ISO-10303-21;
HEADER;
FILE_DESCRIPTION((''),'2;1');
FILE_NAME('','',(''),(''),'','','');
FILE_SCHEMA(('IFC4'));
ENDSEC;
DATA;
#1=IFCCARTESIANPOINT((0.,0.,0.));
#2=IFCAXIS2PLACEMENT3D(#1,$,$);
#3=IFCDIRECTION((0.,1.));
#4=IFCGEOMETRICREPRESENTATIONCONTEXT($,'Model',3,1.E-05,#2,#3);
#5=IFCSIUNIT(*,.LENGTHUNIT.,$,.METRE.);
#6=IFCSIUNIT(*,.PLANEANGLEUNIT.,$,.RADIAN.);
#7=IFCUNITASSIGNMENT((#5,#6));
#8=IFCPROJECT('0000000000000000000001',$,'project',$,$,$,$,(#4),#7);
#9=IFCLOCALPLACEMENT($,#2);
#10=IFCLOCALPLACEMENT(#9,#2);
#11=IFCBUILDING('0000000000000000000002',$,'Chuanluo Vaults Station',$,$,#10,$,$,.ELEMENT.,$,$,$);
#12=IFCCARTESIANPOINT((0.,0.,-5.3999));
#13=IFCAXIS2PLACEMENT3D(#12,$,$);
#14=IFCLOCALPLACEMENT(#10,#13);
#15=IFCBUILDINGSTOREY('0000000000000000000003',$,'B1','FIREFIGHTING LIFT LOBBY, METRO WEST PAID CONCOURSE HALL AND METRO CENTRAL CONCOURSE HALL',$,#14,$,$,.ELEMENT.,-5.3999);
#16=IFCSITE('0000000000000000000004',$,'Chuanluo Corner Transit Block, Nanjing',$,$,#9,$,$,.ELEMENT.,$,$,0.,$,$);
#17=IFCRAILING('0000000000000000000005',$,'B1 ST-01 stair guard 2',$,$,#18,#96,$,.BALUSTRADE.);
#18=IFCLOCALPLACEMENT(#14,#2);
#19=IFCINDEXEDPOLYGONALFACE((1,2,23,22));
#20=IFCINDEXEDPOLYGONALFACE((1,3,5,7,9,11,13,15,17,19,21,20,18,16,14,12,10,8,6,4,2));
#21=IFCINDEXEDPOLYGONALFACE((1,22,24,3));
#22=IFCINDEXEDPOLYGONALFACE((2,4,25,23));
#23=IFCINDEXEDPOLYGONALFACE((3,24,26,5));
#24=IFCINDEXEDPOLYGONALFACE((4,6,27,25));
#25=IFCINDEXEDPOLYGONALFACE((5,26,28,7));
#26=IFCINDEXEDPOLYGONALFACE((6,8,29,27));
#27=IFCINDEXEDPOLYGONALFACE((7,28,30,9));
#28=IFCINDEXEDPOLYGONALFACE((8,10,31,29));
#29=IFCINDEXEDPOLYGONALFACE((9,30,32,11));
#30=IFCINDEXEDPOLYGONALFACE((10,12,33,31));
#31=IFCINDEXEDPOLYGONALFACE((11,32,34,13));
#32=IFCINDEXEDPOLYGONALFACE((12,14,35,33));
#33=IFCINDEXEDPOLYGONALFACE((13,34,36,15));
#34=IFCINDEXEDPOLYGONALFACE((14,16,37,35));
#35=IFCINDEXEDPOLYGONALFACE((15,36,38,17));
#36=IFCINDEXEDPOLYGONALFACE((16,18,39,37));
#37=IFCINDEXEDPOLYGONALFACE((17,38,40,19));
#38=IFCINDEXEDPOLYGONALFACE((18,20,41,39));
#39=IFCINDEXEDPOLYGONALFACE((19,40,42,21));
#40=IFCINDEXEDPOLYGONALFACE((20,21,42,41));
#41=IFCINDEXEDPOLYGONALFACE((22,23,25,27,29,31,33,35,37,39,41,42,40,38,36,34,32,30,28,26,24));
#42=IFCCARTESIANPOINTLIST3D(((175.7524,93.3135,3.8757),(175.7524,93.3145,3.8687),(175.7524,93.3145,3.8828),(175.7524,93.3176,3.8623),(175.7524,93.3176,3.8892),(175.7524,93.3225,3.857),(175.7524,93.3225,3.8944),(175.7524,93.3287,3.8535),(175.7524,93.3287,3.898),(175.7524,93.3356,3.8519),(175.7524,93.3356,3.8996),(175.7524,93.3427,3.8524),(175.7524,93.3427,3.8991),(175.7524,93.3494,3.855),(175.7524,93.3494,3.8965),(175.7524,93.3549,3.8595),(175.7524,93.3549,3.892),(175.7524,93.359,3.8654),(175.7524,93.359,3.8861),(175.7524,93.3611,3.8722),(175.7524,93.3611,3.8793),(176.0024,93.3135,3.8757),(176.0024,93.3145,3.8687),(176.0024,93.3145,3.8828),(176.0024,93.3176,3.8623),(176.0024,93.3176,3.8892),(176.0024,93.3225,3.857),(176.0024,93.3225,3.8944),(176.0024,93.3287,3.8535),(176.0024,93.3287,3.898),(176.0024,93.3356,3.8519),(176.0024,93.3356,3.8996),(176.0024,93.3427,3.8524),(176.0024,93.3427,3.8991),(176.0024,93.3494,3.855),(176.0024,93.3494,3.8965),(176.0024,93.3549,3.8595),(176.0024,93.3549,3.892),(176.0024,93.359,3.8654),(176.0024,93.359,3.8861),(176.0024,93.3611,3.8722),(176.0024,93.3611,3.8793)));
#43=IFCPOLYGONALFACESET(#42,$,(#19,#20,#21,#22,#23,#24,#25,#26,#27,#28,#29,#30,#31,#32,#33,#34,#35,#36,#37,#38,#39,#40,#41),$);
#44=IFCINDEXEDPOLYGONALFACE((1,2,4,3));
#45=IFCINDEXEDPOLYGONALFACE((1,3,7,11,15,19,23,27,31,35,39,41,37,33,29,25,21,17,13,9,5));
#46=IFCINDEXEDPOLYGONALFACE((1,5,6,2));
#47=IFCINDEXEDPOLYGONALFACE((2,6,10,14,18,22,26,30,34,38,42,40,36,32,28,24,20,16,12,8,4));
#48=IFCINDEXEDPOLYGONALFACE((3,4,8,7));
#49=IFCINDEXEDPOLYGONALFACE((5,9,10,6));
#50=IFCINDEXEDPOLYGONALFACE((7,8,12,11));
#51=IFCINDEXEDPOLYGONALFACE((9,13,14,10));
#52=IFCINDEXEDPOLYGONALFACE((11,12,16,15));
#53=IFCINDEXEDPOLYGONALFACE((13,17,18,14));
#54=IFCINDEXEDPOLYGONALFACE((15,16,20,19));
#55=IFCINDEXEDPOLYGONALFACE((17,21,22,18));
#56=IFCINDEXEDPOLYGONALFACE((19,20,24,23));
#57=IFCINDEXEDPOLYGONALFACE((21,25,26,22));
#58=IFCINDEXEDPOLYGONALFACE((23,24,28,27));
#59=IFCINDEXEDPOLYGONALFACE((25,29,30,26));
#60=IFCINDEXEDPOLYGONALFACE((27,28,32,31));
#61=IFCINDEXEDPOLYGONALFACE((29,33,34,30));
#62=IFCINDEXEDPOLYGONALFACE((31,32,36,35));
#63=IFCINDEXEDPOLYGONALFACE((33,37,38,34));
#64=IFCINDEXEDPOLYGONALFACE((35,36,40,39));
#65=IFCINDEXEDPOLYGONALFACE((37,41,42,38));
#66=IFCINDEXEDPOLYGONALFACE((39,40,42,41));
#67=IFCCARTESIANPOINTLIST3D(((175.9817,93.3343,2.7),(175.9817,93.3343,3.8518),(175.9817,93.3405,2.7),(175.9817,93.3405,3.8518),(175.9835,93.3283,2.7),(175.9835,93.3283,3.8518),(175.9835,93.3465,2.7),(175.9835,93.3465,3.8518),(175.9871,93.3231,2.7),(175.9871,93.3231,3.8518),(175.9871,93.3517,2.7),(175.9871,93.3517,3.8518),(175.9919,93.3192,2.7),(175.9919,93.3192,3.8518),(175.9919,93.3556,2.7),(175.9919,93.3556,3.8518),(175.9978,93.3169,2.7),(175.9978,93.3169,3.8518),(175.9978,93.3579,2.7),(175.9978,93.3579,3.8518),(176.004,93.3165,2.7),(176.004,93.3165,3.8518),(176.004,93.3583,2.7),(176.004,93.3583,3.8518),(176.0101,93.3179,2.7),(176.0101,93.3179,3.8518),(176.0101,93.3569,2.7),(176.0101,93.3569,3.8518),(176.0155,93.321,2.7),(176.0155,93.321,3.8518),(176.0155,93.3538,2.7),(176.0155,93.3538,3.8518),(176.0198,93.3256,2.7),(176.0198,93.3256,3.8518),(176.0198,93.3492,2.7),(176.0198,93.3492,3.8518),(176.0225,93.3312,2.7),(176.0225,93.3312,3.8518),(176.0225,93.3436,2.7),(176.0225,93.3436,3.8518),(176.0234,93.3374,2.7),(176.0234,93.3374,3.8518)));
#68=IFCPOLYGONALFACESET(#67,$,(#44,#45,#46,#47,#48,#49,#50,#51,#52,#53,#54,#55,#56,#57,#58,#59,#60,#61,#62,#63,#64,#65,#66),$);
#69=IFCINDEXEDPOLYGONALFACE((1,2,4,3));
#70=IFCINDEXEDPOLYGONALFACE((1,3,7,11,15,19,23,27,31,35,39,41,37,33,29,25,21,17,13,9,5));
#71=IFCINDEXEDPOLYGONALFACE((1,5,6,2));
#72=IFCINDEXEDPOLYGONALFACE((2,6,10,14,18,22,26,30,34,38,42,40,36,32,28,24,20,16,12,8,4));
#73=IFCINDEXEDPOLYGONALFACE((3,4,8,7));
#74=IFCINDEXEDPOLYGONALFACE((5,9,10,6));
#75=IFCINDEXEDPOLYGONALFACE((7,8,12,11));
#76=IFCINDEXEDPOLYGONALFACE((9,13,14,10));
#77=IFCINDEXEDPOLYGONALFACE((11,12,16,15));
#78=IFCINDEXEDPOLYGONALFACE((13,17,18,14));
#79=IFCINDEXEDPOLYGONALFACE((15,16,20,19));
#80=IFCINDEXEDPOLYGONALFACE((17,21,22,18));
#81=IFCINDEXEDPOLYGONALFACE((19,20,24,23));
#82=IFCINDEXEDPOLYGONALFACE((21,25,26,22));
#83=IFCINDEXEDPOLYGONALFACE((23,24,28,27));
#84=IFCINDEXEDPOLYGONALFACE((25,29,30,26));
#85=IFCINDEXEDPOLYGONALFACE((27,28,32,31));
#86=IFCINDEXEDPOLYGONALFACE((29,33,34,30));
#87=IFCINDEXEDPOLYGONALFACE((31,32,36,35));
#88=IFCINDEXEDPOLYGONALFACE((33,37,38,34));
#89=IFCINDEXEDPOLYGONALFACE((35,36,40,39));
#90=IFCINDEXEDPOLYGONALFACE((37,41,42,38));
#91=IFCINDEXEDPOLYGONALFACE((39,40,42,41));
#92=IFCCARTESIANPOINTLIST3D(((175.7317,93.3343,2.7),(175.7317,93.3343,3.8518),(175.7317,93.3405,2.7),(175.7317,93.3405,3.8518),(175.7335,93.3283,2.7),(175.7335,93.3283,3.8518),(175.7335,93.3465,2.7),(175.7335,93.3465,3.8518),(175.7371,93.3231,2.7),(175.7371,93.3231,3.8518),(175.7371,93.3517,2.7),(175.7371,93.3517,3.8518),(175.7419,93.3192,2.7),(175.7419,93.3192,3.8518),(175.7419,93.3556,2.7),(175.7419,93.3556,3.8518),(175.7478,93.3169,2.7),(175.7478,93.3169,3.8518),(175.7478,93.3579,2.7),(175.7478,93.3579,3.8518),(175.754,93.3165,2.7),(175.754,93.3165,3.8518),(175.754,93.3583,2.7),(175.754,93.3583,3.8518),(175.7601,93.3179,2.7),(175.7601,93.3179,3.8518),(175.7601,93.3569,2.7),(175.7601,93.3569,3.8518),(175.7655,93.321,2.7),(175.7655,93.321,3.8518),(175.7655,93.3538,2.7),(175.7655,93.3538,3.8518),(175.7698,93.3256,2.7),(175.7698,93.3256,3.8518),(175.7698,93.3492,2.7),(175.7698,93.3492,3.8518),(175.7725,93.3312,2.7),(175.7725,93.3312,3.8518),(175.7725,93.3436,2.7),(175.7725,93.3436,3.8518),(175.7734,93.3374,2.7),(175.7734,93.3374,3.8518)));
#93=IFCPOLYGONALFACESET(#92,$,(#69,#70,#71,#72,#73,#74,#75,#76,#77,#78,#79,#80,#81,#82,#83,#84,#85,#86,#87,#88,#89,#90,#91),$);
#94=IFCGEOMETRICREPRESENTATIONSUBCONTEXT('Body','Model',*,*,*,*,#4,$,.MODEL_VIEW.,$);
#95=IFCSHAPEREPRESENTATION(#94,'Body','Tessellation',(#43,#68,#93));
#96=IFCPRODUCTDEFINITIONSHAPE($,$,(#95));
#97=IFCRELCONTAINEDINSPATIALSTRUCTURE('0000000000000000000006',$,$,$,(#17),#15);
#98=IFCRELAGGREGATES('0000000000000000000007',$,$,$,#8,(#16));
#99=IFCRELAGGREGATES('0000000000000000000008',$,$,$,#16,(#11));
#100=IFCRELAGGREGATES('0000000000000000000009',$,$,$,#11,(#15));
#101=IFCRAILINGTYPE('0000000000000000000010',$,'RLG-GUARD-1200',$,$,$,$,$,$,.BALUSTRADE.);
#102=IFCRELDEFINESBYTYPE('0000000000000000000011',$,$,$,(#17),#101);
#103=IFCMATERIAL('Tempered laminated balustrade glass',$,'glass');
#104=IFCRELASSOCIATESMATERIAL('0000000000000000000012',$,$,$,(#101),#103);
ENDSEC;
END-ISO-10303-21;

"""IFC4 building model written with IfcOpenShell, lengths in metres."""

from ifc_helpers import new_model, si_unit, direction, frame, origin, origin_2d, place, context, subcontext, project, spatial, circle, extrude, material, type_object, element, save


model = new_model("IFC4")

# Units and contexts
model_context = context("Model", 3, precision=1e-05, world=origin(), true_north=direction((0.0, 1.0)))
body_context = subcontext(model_context, "Body", "Model", "MODEL_VIEW")
ifc_project = project(units=[si_unit("LENGTHUNIT", "METRE"), si_unit("PLANEANGLEUNIT", "RADIAN")], contexts=[model_context])

# Site, building, storey
site_placement = place(None, origin())
site = spatial("IfcSite", under=ifc_project, at=site_placement, Name="Chuanluo Corner Transit Block, Nanjing", CompositionType="ELEMENT", RefElevation=0.0)
building_placement = place(site_placement, origin())
building = spatial("IfcBuilding", under=site, at=building_placement, Name="Chuanluo Vaults Station", CompositionType="ELEMENT")
storey_placement = place(building_placement, frame((0.0, 0.0, -5.3999)))
storey = spatial("IfcBuildingStorey", under=building, at=storey_placement, Name="B1", Description="FIREFIGHTING LIFT LOBBY, METRO WEST PAID CONCOURSE HALL AND METRO CENTRAL CONCOURSE HALL", CompositionType="ELEMENT", Elevation=-5.3999)

# Railing
ifc_material_1 = material(Name="Tempered laminated balustrade glass", Category="glass")
railing_type_1 = type_object("IfcRailingType", Name="RLG-GUARD-1200", PredefinedType="BALUSTRADE", material=ifc_material_1)
railing_1_placement = place(storey_placement, frame((176.0024, 93.3374, 2.7)))
element("IfcRailing", 1, at=railing_1_placement, inside=storey, type_object=railing_type_1, Name="B1 ST-01 stair guard 2", PredefinedType="BALUSTRADE", context=body_context, shape_type="SweptSolid", body=[
    extrude(circle(Radius=0.0239, at=origin_2d()), frame((0.0, 0.0, 1.1758), z_axis=(-1.0, 0.0, 0.0), x_axis=(0.0, -1.0, 0.0)), (0.0, 0.0, 1.0), 0.25),
    extrude(circle(Radius=0.021, at=origin_2d()), origin(), (0.0, 0.0, 1.0), 1.1519),
    extrude(circle(Radius=0.021, at=origin_2d()), frame((-0.25, 0.0, 0.0)), (0.0, 0.0, 1.0), 1.1519),
])

save(model, "model.ifc")
